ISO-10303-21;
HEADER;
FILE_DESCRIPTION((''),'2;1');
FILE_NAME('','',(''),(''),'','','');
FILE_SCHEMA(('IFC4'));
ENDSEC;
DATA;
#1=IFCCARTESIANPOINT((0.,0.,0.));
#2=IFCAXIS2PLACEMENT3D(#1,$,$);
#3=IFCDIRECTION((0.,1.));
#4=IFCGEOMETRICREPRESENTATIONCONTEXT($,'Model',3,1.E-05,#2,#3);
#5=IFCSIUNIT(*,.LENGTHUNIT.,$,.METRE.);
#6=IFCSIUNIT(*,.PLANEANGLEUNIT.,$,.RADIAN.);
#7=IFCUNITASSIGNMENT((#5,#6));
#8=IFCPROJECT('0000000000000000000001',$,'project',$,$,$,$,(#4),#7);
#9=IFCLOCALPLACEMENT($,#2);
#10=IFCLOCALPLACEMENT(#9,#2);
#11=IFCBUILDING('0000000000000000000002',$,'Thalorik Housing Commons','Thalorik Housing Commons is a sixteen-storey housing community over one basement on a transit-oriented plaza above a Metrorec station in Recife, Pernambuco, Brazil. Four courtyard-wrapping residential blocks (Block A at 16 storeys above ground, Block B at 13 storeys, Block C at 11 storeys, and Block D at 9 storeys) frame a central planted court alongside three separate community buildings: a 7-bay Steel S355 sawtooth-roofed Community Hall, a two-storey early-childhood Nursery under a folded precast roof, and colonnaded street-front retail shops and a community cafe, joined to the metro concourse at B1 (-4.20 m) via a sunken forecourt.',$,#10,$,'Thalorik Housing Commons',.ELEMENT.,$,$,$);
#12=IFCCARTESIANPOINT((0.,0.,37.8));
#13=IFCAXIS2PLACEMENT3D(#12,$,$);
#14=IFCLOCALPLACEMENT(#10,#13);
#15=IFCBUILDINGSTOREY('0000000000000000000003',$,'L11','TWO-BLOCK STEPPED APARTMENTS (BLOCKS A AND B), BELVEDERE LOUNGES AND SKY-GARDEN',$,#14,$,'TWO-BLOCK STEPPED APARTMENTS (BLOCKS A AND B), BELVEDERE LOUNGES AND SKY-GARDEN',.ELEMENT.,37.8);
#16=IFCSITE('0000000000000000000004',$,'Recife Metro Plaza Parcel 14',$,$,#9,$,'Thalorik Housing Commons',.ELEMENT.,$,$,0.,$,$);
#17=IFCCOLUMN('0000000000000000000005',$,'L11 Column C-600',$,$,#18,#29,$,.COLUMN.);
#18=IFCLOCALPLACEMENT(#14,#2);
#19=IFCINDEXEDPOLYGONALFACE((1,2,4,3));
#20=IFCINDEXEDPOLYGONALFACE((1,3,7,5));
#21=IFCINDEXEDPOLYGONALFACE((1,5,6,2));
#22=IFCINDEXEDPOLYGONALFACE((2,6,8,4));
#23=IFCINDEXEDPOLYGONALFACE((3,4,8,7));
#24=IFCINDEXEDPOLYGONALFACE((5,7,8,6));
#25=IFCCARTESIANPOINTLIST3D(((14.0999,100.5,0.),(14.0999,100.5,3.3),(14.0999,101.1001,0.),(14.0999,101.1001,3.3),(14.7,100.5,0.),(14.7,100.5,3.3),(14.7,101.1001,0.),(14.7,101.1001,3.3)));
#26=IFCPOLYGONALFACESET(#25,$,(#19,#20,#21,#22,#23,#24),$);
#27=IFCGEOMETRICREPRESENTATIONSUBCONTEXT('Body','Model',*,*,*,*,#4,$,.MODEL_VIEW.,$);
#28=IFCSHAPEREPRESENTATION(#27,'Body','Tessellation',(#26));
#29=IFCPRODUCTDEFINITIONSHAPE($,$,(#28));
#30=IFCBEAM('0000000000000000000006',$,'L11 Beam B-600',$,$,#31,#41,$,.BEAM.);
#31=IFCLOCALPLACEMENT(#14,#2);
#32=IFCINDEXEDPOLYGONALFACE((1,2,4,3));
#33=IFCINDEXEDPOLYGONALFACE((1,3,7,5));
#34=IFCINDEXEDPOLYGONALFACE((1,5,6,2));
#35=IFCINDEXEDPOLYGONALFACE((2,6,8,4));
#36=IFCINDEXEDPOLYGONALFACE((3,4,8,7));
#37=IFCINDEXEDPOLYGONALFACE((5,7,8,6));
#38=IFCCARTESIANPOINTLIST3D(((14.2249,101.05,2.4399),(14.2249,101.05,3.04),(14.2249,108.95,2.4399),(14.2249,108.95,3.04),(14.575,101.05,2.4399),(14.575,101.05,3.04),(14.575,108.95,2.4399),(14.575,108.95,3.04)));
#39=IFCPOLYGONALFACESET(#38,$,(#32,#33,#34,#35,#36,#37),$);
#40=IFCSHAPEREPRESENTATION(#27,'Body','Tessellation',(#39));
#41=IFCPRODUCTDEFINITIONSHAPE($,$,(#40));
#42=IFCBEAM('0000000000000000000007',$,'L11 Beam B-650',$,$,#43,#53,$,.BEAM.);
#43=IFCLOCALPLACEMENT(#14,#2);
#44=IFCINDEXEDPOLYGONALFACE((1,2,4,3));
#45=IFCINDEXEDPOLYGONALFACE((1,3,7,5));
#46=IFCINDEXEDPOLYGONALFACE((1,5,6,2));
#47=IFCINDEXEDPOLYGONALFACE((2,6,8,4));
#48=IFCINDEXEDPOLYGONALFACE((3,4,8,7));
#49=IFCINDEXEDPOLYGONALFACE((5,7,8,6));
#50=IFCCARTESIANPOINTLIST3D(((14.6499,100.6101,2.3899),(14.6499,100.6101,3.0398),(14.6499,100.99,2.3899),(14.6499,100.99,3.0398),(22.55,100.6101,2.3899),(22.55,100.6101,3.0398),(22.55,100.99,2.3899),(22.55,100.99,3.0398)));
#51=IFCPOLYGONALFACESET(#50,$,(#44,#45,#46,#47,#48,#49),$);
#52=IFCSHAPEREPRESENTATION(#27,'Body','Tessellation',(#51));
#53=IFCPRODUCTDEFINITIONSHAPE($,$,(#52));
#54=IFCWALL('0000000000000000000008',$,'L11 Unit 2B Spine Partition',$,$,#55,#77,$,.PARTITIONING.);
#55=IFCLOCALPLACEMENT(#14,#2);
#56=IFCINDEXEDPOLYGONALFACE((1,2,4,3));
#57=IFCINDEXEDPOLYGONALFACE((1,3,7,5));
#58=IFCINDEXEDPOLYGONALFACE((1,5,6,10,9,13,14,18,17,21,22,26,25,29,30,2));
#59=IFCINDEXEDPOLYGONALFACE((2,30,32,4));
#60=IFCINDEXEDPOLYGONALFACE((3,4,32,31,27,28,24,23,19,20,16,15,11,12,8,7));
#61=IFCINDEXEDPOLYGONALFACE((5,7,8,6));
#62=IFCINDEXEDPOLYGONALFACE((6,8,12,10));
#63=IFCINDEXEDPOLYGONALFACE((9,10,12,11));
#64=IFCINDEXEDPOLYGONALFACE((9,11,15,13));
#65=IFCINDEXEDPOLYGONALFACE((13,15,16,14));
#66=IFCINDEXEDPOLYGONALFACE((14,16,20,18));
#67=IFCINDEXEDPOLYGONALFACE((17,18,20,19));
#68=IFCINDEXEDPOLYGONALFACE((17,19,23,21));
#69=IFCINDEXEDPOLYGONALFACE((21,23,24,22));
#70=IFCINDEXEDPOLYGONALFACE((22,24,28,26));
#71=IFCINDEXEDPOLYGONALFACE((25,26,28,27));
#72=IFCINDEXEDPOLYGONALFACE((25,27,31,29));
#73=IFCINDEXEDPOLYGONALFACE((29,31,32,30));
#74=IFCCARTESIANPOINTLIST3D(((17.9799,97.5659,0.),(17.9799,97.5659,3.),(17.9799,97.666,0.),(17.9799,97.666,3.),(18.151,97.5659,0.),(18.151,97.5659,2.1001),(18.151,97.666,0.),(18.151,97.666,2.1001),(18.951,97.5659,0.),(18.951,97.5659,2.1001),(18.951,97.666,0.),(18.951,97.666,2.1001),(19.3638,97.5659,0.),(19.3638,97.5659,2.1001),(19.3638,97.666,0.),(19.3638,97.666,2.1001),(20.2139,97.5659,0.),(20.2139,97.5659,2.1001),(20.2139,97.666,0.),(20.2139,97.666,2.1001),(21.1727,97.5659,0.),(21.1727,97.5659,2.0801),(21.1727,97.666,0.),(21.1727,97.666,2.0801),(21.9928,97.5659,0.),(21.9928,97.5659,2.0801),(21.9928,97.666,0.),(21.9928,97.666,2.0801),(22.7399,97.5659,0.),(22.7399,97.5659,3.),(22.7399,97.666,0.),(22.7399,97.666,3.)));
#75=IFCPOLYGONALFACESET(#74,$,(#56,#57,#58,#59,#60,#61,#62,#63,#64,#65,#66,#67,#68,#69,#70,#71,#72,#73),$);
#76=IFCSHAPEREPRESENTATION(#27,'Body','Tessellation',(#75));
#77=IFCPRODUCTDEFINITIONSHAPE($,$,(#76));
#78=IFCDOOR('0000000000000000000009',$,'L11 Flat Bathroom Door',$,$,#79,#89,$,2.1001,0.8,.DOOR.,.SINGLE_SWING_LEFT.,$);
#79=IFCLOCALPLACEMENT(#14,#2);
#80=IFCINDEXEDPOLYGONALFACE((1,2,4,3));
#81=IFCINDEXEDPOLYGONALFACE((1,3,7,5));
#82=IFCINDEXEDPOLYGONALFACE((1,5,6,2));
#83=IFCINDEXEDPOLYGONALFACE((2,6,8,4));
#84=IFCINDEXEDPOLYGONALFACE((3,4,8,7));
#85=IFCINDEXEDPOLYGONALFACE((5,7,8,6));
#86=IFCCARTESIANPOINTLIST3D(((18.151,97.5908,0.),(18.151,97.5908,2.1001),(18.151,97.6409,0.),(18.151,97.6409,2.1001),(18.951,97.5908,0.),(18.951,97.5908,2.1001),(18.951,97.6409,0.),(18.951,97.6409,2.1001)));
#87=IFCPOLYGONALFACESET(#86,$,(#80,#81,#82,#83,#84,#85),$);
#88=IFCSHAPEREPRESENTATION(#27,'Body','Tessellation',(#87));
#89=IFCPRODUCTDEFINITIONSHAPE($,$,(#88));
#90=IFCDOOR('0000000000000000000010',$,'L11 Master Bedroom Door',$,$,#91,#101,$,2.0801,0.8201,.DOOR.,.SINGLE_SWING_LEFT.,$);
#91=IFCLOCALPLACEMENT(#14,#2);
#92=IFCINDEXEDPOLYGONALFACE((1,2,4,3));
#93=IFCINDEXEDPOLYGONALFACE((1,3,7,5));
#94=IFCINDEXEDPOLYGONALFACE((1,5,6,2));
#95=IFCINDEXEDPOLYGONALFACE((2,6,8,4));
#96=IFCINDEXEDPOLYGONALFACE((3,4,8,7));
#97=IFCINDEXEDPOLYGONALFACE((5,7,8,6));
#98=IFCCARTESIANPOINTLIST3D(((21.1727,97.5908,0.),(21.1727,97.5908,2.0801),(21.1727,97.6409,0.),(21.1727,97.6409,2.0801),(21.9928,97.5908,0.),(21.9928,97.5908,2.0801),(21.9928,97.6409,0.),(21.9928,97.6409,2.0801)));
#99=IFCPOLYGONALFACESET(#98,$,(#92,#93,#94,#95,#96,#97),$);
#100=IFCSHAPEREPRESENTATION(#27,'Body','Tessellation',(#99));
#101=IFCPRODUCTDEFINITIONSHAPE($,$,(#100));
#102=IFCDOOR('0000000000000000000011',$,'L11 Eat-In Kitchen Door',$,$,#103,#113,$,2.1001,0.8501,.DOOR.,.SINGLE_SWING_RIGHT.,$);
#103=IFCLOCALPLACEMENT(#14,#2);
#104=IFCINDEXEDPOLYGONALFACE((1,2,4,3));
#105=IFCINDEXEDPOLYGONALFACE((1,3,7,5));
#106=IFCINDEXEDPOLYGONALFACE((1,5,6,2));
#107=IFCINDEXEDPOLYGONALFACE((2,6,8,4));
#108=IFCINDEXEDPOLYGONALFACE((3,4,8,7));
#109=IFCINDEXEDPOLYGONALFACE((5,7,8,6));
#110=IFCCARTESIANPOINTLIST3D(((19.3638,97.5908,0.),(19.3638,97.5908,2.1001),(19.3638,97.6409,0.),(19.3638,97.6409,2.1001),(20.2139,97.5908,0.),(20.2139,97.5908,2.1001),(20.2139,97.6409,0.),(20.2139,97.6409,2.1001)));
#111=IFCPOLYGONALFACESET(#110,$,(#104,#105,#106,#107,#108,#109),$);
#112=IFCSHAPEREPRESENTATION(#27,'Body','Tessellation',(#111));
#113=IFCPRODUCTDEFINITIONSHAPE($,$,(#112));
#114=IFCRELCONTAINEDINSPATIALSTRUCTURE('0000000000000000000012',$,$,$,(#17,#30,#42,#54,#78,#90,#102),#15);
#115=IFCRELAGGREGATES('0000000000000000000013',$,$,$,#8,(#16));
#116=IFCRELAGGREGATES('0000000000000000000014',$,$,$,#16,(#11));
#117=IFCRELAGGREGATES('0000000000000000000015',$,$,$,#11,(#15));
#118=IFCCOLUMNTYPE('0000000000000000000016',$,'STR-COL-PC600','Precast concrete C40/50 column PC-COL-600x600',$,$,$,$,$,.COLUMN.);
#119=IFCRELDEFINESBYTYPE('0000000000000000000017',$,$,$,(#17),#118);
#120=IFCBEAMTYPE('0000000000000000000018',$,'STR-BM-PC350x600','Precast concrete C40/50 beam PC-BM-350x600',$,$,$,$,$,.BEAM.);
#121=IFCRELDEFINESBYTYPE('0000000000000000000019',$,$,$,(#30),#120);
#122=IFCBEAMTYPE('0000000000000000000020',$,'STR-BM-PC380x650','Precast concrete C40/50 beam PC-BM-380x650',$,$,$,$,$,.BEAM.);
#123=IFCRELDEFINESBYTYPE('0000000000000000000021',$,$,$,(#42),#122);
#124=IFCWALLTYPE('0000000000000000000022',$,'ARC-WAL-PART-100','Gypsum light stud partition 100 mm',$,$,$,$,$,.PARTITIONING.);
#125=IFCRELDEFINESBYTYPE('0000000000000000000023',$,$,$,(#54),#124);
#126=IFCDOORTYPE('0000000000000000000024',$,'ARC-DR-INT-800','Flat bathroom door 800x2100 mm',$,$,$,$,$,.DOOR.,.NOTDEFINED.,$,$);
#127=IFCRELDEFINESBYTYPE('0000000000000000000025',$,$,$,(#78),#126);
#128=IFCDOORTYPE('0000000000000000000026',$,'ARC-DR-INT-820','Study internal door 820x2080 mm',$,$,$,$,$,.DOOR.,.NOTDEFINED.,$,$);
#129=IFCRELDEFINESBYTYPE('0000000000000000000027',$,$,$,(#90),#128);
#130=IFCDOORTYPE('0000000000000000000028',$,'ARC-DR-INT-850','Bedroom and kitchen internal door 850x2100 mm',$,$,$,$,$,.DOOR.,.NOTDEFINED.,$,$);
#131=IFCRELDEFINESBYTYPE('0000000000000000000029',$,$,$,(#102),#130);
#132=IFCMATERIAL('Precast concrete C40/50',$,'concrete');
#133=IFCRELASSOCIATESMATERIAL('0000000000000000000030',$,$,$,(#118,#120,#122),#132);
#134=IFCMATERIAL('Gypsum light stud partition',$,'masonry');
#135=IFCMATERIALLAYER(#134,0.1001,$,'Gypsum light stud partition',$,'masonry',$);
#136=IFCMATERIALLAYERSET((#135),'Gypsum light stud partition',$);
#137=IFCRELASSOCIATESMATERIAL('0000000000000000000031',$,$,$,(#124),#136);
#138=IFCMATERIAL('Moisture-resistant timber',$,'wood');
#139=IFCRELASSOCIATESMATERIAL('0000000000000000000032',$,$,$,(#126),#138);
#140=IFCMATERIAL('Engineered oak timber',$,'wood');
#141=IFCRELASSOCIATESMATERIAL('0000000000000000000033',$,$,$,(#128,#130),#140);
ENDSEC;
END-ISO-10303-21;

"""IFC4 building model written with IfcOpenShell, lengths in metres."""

from ifc_helpers import new_model, si_unit, direction, frame, frame_2d, origin, origin_2d, place, context, subcontext, project, spatial, rectangle, extrude, material, layer, layer_set, material_profile, profile_set, type_object, element, fill, save


model = new_model("IFC4")

# Units and contexts
model_context = context("Model", 3, precision=1e-05, world=origin(), true_north=direction((0.0, 1.0)))
body_context = subcontext(model_context, "Body", "Model", "MODEL_VIEW")
ifc_project = project(units=[si_unit("LENGTHUNIT", "METRE"), si_unit("PLANEANGLEUNIT", "RADIAN")], contexts=[model_context])

# Site, building, storey
site_placement = place(None, origin())
site = spatial("IfcSite", under=ifc_project, at=site_placement, Name="Recife Metro Plaza Parcel 14", LongName="Thalorik Housing Commons", CompositionType="ELEMENT", RefElevation=0.0)
building_placement = place(site_placement, origin())
building = spatial("IfcBuilding", under=site, at=building_placement, Name="Thalorik Housing Commons", Description="Thalorik Housing Commons is a sixteen-storey housing community over one basement on a transit-oriented plaza above a Metrorec station in Recife, Pernambuco, Brazil. Four courtyard-wrapping residential blocks (Block A at 16 storeys above ground, Block B at 13 storeys, Block C at 11 storeys, and Block D at 9 storeys) frame a central planted court alongside three separate community buildings: a 7-bay Steel S355 sawtooth-roofed Community Hall, a two-storey early-childhood Nursery under a folded precast roof, and colonnaded street-front retail shops and a community cafe, joined to the metro concourse at B1 (-4.20 m) via a sunken forecourt.", LongName="Thalorik Housing Commons", CompositionType="ELEMENT")
storey_placement = place(building_placement, frame((0.0, 0.0, 37.8)))
storey = spatial("IfcBuildingStorey", under=building, at=storey_placement, Name="L11", Description="TWO-BLOCK STEPPED APARTMENTS (BLOCKS A AND B), BELVEDERE LOUNGES AND SKY-GARDEN", LongName="TWO-BLOCK STEPPED APARTMENTS (BLOCKS A AND B), BELVEDERE LOUNGES AND SKY-GARDEN", CompositionType="ELEMENT", Elevation=37.8)

# Column
ifc_material_1 = material(Name="Precast concrete C40/50", Category="concrete")
ifc_material_profile_1 = material_profile(ifc_material_1, rectangle(XDim=0.6001, YDim=0.6001, at=origin_2d()), Name="PC 600x600", Category="concrete")
ifc_profile_set_1 = profile_set([ifc_material_profile_1], Name="Precast concrete C40/50")
column_type = type_object("IfcColumnType", Name="STR-COL-PC600", Description="Precast concrete C40/50 column PC-COL-600x600", PredefinedType="COLUMN", material=ifc_profile_set_1)
column_placement = place(storey_placement, frame((14.3999, 100.8, 0.0), z_axis=(0.0, 0.0, 1.0), x_axis=(1.0, 0.0, 0.0)))
element("IfcColumn", 1, at=column_placement, inside=storey, type_object=column_type, Name="L11 Column C-600", PredefinedType="COLUMN", context=body_context, shape_type="SweptSolid", body=[
    extrude(rectangle(XDim=0.6001, YDim=0.6001, at=origin_2d()), origin(), (0.0, 0.0, 1.0), 3.3),
])

# Beams
ifc_material_profile_2 = material_profile(ifc_material_1, rectangle(XDim=0.3501, YDim=0.6001, at=origin_2d()), Name="PC 350x600", Category="concrete")
ifc_profile_set_2 = profile_set([ifc_material_profile_2], Name="Precast concrete C40/50")
beam_type_1 = type_object("IfcBeamType", Name="STR-BM-PC350x600", Description="Precast concrete C40/50 beam PC-BM-350x600", PredefinedType="BEAM", material=ifc_profile_set_2)
beam_1_placement = place(storey_placement, frame((14.3999, 101.05, 2.74), z_axis=(0.0, 1.0, 0.0), x_axis=(-1.0, 0.0, 0.0)))
element("IfcBeam", 2, at=beam_1_placement, inside=storey, type_object=beam_type_1, Name="L11 Beam B-600", PredefinedType="BEAM", context=body_context, shape_type="SweptSolid", body=[
    extrude(rectangle(XDim=0.3501, YDim=0.6001, at=origin_2d()), origin(), (0.0, 0.0, 1.0), 7.8999),
])
ifc_material_profile_3 = material_profile(ifc_material_1, rectangle(XDim=0.3799, YDim=0.6499, at=origin_2d()), Name="PC 380x650", Category="concrete")
ifc_profile_set_3 = profile_set([ifc_material_profile_3], Name="Precast concrete C40/50")
beam_type_2 = type_object("IfcBeamType", Name="STR-BM-PC380x650", Description="Precast concrete C40/50 beam PC-BM-380x650", PredefinedType="BEAM", material=ifc_profile_set_3)
beam_2_placement = place(storey_placement, frame((14.6499, 100.8, 2.7148), z_axis=(1.0, 0.0, 0.0), x_axis=(0.0, 1.0, 0.0)))
element("IfcBeam", 3, at=beam_2_placement, inside=storey, type_object=beam_type_2, Name="L11 Beam B-650", PredefinedType="BEAM", context=body_context, shape_type="SweptSolid", body=[
    extrude(rectangle(XDim=0.3799, YDim=0.6499, at=origin_2d()), origin(), (0.0, 0.0, 1.0), 7.9001),
])

# Wall, openings, doors
ifc_material_2 = material(Name="Gypsum light stud partition", Category="masonry")
ifc_layer_1 = layer(ifc_material_2, 0.1001, Name="Gypsum light stud partition", Category="masonry")
ifc_layer_set_1 = layer_set([ifc_layer_1], Name="Gypsum light stud partition")
wall_type_1 = type_object("IfcWallType", Name="ARC-WAL-PART-100", Description="Gypsum light stud partition 100 mm", PredefinedType="PARTITIONING", material=ifc_layer_set_1)
wall_1_placement = place(storey_placement, frame((17.98, 97.616, 0.0), z_axis=(0.0, 0.0, 1.0), x_axis=(1.0, 0.0, 0.0)))
wall_1 = element("IfcWall", 4, at=wall_1_placement, inside=storey, type_object=wall_type_1, Name="L11 Unit 2B Spine Partition", PredefinedType="PARTITIONING", context=body_context, shape_type="SweptSolid", body=[
    extrude(rectangle(XDim=4.76, YDim=0.1001, at=frame_2d((2.3799, 0.0))), origin(), (0.0, 0.0, 1.0), 3.0),
])
opening_1_placement = place(wall_1_placement, frame((0.1711, 0.0, 0.0)))
opening_1 = element("IfcOpeningElement", 5, at=opening_1_placement, cuts=wall_1, PredefinedType="OPENING", context=body_context, shape_type="SweptSolid", body=[
    extrude(rectangle(XDim=0.8, YDim=2.1001, at=frame_2d((0.3999, 1.05))), frame((0.0, 0.0601, 0.0), z_axis=(0.0, -1.0, 0.0), x_axis=(1.0, 0.0, 0.0)), (0.0, 0.0, 1.0), 0.1201),
])
opening_2_placement = place(wall_1_placement, frame((1.3838, 0.0, 0.0)))
opening_2 = element("IfcOpeningElement", 6, at=opening_2_placement, cuts=wall_1, PredefinedType="OPENING", context=body_context, shape_type="SweptSolid", body=[
    extrude(rectangle(XDim=0.8501, YDim=2.1001, at=frame_2d((0.425, 1.05))), frame((0.0, 0.0601, 0.0), z_axis=(0.0, -1.0, 0.0), x_axis=(1.0, 0.0, 0.0)), (0.0, 0.0, 1.0), 0.1201),
])
opening_3_placement = place(wall_1_placement, frame((3.1926, 0.0, 0.0)))
opening_3 = element("IfcOpeningElement", 7, at=opening_3_placement, cuts=wall_1, PredefinedType="OPENING", context=body_context, shape_type="SweptSolid", body=[
    extrude(rectangle(XDim=0.8201, YDim=2.0801, at=frame_2d((0.4102, 1.04))), frame((0.0, 0.0601, 0.0), z_axis=(0.0, -1.0, 0.0), x_axis=(1.0, 0.0, 0.0)), (0.0, 0.0, 1.0), 0.1201),
])
ifc_material_3 = material(Name="Moisture-resistant timber", Category="wood")
door_type_1 = type_object("IfcDoorType", Name="ARC-DR-INT-800", Description="Flat bathroom door 800x2100 mm", OperationType="NOTDEFINED", PredefinedType="DOOR", material=ifc_material_3)
door_1_placement = place(opening_1_placement, origin())
door_1 = element("IfcDoor", 8, at=door_1_placement, inside=storey, type_object=door_type_1, Name="L11 Flat Bathroom Door", OperationType="SINGLE_SWING_LEFT", OverallHeight=2.1001, OverallWidth=0.8, PredefinedType="DOOR", context=body_context, shape_type="SweptSolid", body=[
    extrude(rectangle(XDim=0.8, YDim=2.1001, at=frame_2d((0.3999, 1.05))), frame((0.0, 0.0249, 0.0), z_axis=(0.0, -1.0, 0.0), x_axis=(1.0, 0.0, 0.0)), (0.0, 0.0, 1.0), 0.05),
])
fill(opening_1, door_1)
ifc_material_4 = material(Name="Engineered oak timber", Category="wood")
door_type_2 = type_object("IfcDoorType", Name="ARC-DR-INT-820", Description="Study internal door 820x2080 mm", OperationType="NOTDEFINED", PredefinedType="DOOR", material=ifc_material_4)
door_2_placement = place(opening_3_placement, origin())
door_2 = element("IfcDoor", 9, at=door_2_placement, inside=storey, type_object=door_type_2, Name="L11 Master Bedroom Door", OperationType="SINGLE_SWING_LEFT", OverallHeight=2.0801, OverallWidth=0.8201, PredefinedType="DOOR", context=body_context, shape_type="SweptSolid", body=[
    extrude(rectangle(XDim=0.8201, YDim=2.0801, at=frame_2d((0.4102, 1.04))), frame((0.0, 0.0249, 0.0), z_axis=(0.0, -1.0, 0.0), x_axis=(1.0, 0.0, 0.0)), (0.0, 0.0, 1.0), 0.05),
])
fill(opening_3, door_2)
door_type_3 = type_object("IfcDoorType", Name="ARC-DR-INT-850", Description="Bedroom and kitchen internal door 850x2100 mm", OperationType="NOTDEFINED", PredefinedType="DOOR", material=ifc_material_4)
door_3_placement = place(opening_2_placement, origin())
door_3 = element("IfcDoor", 10, at=door_3_placement, inside=storey, type_object=door_type_3, Name="L11 Eat-In Kitchen Door", OperationType="SINGLE_SWING_RIGHT", OverallHeight=2.1001, OverallWidth=0.8501, PredefinedType="DOOR", context=body_context, shape_type="SweptSolid", body=[
    extrude(rectangle(XDim=0.8501, YDim=2.1001, at=frame_2d((0.425, 1.05))), frame((0.0, 0.0249, 0.0), z_axis=(0.0, -1.0, 0.0), x_axis=(1.0, 0.0, 0.0)), (0.0, 0.0, 1.0), 0.05),
])
fill(opening_2, door_3)

save(model, "model.ifc")
